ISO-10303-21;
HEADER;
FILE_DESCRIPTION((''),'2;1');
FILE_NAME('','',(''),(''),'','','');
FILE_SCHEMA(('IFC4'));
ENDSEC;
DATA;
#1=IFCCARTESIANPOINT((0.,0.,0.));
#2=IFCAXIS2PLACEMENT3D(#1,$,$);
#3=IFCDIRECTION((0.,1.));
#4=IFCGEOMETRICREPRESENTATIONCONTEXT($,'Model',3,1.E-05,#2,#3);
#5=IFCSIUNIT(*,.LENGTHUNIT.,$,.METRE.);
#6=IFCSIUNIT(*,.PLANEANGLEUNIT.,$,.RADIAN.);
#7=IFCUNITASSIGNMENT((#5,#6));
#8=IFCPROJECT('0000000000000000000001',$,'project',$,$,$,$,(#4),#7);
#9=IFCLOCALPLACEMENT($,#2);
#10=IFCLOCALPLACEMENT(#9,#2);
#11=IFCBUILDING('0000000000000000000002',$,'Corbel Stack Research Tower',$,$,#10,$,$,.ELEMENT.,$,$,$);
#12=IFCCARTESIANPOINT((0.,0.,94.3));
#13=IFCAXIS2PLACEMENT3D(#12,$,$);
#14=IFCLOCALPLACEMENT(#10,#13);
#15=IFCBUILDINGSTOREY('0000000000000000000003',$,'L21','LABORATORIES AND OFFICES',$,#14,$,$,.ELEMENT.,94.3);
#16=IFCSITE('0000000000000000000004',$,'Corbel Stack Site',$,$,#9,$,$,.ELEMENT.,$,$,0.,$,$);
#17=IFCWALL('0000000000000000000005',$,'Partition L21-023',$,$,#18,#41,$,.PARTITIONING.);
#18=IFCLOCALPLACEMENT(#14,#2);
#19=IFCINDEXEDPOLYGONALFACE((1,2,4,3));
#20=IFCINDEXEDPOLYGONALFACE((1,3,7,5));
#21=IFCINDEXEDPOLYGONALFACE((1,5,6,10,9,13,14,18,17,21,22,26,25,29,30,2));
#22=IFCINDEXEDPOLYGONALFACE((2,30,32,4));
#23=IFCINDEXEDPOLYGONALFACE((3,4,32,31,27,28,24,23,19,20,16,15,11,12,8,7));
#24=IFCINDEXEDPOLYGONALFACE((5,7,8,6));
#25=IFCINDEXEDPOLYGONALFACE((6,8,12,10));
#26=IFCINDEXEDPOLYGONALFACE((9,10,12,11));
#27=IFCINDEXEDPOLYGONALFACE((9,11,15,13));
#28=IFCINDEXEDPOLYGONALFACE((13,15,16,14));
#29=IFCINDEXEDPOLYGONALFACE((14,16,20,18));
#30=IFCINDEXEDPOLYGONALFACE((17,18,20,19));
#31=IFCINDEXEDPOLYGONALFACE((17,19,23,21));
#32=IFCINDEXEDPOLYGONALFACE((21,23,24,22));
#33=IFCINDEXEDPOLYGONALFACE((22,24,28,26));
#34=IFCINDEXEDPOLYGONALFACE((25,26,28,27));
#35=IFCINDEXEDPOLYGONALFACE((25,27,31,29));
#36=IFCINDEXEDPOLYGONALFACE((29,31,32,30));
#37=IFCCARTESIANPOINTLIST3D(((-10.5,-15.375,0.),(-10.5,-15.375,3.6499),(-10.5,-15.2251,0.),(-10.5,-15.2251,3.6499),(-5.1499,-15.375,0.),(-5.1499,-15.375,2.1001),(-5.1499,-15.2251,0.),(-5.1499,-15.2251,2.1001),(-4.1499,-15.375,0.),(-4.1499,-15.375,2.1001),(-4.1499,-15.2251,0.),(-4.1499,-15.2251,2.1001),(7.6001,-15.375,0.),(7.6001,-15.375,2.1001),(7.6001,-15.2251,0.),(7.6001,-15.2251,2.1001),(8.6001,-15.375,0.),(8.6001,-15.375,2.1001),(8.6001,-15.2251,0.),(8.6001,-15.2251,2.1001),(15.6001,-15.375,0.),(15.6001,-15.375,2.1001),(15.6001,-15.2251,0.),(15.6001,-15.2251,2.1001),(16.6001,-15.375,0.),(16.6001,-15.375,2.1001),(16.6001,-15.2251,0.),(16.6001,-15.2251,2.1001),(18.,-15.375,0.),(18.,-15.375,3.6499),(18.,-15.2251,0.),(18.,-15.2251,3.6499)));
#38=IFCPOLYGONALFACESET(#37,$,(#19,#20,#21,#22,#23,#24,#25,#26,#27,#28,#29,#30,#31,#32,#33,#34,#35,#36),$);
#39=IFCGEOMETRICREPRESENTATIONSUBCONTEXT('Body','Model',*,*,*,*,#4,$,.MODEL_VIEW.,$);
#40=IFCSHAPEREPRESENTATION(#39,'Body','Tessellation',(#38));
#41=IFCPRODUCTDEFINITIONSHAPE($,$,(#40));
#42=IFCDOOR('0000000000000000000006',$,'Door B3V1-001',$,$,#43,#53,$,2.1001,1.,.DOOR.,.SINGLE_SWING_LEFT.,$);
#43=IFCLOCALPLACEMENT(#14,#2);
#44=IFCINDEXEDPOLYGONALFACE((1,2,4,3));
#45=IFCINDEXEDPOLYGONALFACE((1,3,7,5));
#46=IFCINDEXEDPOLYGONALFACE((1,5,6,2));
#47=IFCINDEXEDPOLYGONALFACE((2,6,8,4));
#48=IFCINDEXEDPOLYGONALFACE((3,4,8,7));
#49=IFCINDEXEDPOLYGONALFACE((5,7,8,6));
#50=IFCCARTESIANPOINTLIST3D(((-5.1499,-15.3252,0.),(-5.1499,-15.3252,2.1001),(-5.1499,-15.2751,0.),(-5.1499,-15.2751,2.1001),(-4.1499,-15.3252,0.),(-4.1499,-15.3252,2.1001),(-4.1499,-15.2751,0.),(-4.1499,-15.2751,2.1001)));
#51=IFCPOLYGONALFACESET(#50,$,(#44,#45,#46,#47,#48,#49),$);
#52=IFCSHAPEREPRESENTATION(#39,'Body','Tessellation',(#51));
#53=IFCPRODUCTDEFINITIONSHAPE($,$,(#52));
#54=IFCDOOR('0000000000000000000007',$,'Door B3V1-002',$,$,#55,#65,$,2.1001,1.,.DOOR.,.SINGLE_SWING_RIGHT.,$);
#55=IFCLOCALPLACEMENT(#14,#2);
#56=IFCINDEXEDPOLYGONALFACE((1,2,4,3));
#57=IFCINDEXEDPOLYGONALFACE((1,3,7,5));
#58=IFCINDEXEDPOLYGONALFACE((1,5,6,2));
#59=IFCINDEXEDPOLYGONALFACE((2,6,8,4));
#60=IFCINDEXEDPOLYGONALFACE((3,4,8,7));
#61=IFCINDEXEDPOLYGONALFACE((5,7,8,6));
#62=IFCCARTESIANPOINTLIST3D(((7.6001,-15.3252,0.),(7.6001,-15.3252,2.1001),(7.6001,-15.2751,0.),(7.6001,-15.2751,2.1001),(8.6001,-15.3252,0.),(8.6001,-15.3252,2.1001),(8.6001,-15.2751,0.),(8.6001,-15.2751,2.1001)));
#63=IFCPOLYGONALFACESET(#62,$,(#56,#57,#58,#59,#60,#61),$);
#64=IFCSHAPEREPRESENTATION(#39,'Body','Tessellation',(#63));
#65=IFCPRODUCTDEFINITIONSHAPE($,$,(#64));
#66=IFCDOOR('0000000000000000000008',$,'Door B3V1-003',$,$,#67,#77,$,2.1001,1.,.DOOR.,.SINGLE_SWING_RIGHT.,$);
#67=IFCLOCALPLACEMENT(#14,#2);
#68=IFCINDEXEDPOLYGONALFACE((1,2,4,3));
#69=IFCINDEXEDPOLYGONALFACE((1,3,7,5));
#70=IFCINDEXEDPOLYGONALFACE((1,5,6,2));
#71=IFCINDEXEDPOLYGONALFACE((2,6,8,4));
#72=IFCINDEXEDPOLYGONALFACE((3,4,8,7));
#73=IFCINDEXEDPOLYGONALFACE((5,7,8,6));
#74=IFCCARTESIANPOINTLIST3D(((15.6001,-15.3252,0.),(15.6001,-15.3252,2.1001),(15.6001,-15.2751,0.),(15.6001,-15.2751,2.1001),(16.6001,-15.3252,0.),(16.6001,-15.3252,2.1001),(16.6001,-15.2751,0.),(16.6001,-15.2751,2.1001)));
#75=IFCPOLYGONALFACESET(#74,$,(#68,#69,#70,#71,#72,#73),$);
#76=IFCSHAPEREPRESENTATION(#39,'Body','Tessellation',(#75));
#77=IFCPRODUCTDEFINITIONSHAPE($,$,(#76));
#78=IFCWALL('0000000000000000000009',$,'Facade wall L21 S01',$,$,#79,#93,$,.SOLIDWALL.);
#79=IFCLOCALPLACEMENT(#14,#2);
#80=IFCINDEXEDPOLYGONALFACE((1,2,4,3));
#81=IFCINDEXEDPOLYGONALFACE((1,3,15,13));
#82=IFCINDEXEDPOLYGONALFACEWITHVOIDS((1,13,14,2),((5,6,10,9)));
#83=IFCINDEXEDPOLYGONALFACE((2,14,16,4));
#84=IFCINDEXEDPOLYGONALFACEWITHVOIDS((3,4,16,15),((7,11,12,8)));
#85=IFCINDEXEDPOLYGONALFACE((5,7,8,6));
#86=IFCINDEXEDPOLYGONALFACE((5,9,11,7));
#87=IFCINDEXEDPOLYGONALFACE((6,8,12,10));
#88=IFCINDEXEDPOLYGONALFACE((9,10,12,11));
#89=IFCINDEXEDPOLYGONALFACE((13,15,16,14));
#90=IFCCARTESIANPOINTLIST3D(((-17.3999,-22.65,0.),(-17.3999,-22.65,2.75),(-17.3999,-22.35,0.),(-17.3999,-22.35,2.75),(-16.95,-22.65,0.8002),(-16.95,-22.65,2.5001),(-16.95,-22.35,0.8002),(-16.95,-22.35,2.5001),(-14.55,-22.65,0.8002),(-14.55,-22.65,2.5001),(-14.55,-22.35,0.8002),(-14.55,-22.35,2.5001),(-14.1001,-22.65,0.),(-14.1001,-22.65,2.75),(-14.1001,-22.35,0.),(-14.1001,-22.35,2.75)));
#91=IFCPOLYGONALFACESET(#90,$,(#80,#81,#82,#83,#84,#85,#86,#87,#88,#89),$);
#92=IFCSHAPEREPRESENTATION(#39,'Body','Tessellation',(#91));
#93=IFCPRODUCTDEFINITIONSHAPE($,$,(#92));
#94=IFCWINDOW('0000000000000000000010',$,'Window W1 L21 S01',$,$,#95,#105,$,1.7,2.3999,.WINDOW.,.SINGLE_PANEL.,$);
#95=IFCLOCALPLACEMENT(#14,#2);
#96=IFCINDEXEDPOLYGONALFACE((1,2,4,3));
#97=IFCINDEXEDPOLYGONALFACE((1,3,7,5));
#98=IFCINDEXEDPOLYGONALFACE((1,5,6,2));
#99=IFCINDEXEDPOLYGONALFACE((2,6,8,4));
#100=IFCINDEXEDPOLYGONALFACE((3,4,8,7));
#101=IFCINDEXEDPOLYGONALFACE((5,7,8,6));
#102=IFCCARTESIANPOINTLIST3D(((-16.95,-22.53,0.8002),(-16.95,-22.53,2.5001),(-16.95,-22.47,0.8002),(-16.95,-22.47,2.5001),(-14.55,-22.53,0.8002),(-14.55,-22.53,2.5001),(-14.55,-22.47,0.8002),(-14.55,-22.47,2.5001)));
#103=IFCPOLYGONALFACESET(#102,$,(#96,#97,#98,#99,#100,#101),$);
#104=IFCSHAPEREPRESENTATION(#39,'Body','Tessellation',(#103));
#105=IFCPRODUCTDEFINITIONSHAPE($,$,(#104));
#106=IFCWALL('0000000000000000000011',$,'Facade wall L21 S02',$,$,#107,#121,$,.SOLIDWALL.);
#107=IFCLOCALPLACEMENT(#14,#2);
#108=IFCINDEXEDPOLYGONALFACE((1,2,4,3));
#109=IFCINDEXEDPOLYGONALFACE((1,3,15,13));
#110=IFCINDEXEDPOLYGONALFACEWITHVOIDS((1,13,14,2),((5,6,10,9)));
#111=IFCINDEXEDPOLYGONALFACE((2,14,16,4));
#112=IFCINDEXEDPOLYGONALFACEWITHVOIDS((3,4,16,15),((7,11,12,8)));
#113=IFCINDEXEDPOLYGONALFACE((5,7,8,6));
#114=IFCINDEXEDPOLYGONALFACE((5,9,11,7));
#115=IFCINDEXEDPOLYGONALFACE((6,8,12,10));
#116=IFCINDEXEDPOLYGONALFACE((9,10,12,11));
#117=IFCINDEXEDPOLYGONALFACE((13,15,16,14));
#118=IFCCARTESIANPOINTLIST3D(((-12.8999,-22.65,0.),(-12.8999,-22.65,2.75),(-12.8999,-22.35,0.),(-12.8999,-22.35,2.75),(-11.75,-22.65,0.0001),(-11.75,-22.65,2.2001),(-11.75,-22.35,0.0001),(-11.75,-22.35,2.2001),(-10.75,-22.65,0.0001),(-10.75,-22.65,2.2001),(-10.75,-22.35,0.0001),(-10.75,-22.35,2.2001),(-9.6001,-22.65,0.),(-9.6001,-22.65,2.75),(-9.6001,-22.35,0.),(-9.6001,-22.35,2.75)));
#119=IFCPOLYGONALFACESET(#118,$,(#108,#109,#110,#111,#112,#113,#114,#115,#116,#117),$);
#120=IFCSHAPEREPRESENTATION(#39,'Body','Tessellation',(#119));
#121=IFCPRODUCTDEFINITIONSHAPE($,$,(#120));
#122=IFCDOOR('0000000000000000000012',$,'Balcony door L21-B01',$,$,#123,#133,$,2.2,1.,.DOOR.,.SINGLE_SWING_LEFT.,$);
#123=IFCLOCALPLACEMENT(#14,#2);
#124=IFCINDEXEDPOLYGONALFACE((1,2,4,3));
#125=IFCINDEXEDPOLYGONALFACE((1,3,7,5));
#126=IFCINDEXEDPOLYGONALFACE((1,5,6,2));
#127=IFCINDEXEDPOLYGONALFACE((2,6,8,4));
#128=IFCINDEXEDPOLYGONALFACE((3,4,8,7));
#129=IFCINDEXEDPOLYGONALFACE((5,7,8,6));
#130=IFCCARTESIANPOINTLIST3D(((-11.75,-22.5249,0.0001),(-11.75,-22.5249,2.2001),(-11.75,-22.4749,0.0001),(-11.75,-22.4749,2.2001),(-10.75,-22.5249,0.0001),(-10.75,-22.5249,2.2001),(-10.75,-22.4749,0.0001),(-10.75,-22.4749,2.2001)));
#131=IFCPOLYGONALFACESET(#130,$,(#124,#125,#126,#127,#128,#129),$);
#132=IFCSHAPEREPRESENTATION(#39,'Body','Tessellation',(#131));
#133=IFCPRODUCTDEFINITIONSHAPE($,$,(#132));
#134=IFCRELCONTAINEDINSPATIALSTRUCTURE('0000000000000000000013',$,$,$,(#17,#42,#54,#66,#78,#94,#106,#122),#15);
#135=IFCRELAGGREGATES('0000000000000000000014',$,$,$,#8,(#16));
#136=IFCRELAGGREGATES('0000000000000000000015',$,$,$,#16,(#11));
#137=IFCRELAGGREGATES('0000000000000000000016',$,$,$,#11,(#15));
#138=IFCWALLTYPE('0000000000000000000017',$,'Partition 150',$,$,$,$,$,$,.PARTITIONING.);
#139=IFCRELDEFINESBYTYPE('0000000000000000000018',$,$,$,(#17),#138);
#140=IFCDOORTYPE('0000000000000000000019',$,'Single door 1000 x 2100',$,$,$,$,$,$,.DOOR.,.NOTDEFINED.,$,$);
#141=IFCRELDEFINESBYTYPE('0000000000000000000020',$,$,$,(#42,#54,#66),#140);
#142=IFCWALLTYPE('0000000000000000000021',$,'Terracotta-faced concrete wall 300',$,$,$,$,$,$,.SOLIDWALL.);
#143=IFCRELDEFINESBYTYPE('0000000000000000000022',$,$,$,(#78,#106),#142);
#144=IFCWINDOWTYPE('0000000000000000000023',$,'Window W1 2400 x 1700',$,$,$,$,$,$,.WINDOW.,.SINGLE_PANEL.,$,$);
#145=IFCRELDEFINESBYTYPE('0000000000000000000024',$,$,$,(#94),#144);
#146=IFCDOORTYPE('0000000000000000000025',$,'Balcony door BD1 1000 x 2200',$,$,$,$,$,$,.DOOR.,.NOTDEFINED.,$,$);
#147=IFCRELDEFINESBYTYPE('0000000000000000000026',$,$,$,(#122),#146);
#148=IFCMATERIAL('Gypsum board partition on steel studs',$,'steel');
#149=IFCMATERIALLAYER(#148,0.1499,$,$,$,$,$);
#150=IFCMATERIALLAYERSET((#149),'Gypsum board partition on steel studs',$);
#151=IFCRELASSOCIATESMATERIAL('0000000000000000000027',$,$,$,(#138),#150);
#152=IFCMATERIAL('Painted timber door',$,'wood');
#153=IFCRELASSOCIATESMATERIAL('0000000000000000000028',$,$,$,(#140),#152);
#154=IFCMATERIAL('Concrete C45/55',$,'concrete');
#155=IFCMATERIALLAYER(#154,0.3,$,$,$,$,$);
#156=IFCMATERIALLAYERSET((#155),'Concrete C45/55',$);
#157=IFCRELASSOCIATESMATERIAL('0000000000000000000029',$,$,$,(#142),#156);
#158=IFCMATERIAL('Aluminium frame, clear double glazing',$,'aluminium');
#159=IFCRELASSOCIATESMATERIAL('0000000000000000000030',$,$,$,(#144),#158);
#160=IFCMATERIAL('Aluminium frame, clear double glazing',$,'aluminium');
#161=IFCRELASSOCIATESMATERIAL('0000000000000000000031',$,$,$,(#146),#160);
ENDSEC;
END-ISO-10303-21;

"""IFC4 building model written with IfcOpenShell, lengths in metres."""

from ifc_helpers import new_model, si_unit, direction, frame, frame_2d, origin, place, context, subcontext, project, spatial, rectangle, extrude, material, layer, layer_set, type_object, element, fill, save


model = new_model("IFC4")

# Units and contexts
model_context = context("Model", 3, precision=1e-05, world=origin(), true_north=direction((0.0, 1.0)))
body_context = subcontext(model_context, "Body", "Model", "MODEL_VIEW")
ifc_project = project(units=[si_unit("LENGTHUNIT", "METRE"), si_unit("PLANEANGLEUNIT", "RADIAN")], contexts=[model_context])

# Site, building, storey
site_placement = place(None, origin())
site = spatial("IfcSite", under=ifc_project, at=site_placement, Name="Corbel Stack Site", CompositionType="ELEMENT", RefElevation=0.0)
building_placement = place(site_placement, origin())
building = spatial("IfcBuilding", under=site, at=building_placement, Name="Corbel Stack Research Tower", CompositionType="ELEMENT")
storey_placement = place(building_placement, frame((0.0, 0.0, 94.3)))
storey = spatial("IfcBuildingStorey", under=building, at=storey_placement, Name="L21", Description="LABORATORIES AND OFFICES", CompositionType="ELEMENT", Elevation=94.3)

# Wall, openings, doors
ifc_material_1 = material(Name="Gypsum board partition on steel studs", Category="steel")
ifc_layer_1 = layer(ifc_material_1, 0.1499)
ifc_layer_set_1 = layer_set([ifc_layer_1], Name="Gypsum board partition on steel studs")
wall_type_1 = type_object("IfcWallType", Name="Partition 150", PredefinedType="PARTITIONING", material=ifc_layer_set_1)
wall_1_placement = place(storey_placement, frame((-10.5, -15.3, 0.0), z_axis=(0.0, 0.0, 1.0), x_axis=(1.0, 0.0, 0.0)))
wall_1 = element("IfcWall", 1, at=wall_1_placement, inside=storey, type_object=wall_type_1, Name="Partition L21-023", PredefinedType="PARTITIONING", context=body_context, shape_type="SweptSolid", body=[
    extrude(rectangle(XDim=28.5, YDim=0.1499, at=frame_2d((14.25, 0.0))), origin(), (0.0, 0.0, 1.0), 3.6499),
])
opening_1_placement = place(wall_1_placement, frame((5.3501, 0.0, 0.0)))
opening_1 = element("IfcOpeningElement", 2, at=opening_1_placement, cuts=wall_1, PredefinedType="OPENING", context=body_context, shape_type="SweptSolid", body=[
    extrude(rectangle(XDim=1.0, YDim=2.1001, at=frame_2d((0.5, 1.05))), frame((0.0, 0.085, 0.0), z_axis=(0.0, -1.0, 0.0), x_axis=(1.0, 0.0, 0.0)), (0.0, 0.0, 1.0), 0.1699),
])
opening_2_placement = place(wall_1_placement, frame((18.1001, 0.0, 0.0)))
opening_2 = element("IfcOpeningElement", 3, at=opening_2_placement, cuts=wall_1, PredefinedType="OPENING", context=body_context, shape_type="SweptSolid", body=[
    extrude(rectangle(XDim=1.0, YDim=2.1001, at=frame_2d((0.5, 1.05))), frame((0.0, 0.085, 0.0), z_axis=(0.0, -1.0, 0.0), x_axis=(1.0, 0.0, 0.0)), (0.0, 0.0, 1.0), 0.1699),
])
opening_3_placement = place(wall_1_placement, frame((26.1001, 0.0, 0.0)))
opening_3 = element("IfcOpeningElement", 4, at=opening_3_placement, cuts=wall_1, PredefinedType="OPENING", context=body_context, shape_type="SweptSolid", body=[
    extrude(rectangle(XDim=1.0, YDim=2.1001, at=frame_2d((0.5, 1.05))), frame((0.0, 0.085, 0.0), z_axis=(0.0, -1.0, 0.0), x_axis=(1.0, 0.0, 0.0)), (0.0, 0.0, 1.0), 0.1699),
])
ifc_material_2 = material(Name="Painted timber door", Category="wood")
door_type_1 = type_object("IfcDoorType", Name="Single door 1000 x 2100", OperationType="NOTDEFINED", PredefinedType="DOOR", material=ifc_material_2)
door_1_placement = place(opening_1_placement, origin())
door_1 = element("IfcDoor", 5, at=door_1_placement, inside=storey, type_object=door_type_1, Name="Door B3V1-001", OperationType="SINGLE_SWING_LEFT", OverallHeight=2.1001, OverallWidth=1.0, PredefinedType="DOOR", context=body_context, shape_type="SweptSolid", body=[
    extrude(rectangle(XDim=1.0, YDim=2.1001, at=frame_2d((0.5, 1.05))), frame((0.0, 0.0249, 0.0), z_axis=(0.0, -1.0, 0.0), x_axis=(1.0, 0.0, 0.0)), (0.0, 0.0, 1.0), 0.05),
])
fill(opening_1, door_1)
door_2_placement = place(opening_2_placement, origin())
door_2 = element("IfcDoor", 6, at=door_2_placement, inside=storey, type_object=door_type_1, Name="Door B3V1-002", OperationType="SINGLE_SWING_RIGHT", OverallHeight=2.1001, OverallWidth=1.0, PredefinedType="DOOR", context=body_context, shape_type="SweptSolid", body=[
    extrude(rectangle(XDim=1.0, YDim=2.1001, at=frame_2d((0.5, 1.05))), frame((0.0, 0.0249, 0.0), z_axis=(0.0, -1.0, 0.0), x_axis=(1.0, 0.0, 0.0)), (0.0, 0.0, 1.0), 0.05),
])
fill(opening_2, door_2)
door_3_placement = place(opening_3_placement, origin())
door_3 = element("IfcDoor", 7, at=door_3_placement, inside=storey, type_object=door_type_1, Name="Door B3V1-003", OperationType="SINGLE_SWING_RIGHT", OverallHeight=2.1001, OverallWidth=1.0, PredefinedType="DOOR", context=body_context, shape_type="SweptSolid", body=[
    extrude(rectangle(XDim=1.0, YDim=2.1001, at=frame_2d((0.5, 1.05))), frame((0.0, 0.0249, 0.0), z_axis=(0.0, -1.0, 0.0), x_axis=(1.0, 0.0, 0.0)), (0.0, 0.0, 1.0), 0.05),
])
fill(opening_3, door_3)

# Wall, opening, window
ifc_material_3 = material(Name="Concrete C45/55", Category="concrete")
ifc_layer_2 = layer(ifc_material_3, 0.3)
ifc_layer_set_2 = layer_set([ifc_layer_2], Name="Concrete C45/55")
wall_type_2 = type_object("IfcWallType", Name="Terracotta-faced concrete wall 300", PredefinedType="SOLIDWALL", material=ifc_layer_set_2)
wall_2_placement = place(storey_placement, frame((-14.1001, -22.5, 0.0), z_axis=(0.0, 0.0, 1.0), x_axis=(-1.0, 0.0, 0.0)))
wall_2 = element("IfcWall", 8, at=wall_2_placement, inside=storey, type_object=wall_type_2, Name="Facade wall L21 S01", PredefinedType="SOLIDWALL", context=body_context, shape_type="SweptSolid", body=[
    extrude(rectangle(XDim=3.2998, YDim=0.3, at=frame_2d((1.6499, 0.0))), origin(), (0.0, 0.0, 1.0), 2.75),
])
opening_4_placement = place(wall_2_placement, frame((0.45, 0.0, 0.8)))
opening_4 = element("IfcOpeningElement", 9, at=opening_4_placement, cuts=wall_2, PredefinedType="OPENING", context=body_context, shape_type="SweptSolid", body=[
    extrude(rectangle(XDim=2.3999, YDim=1.7, at=frame_2d((1.2, 0.8501))), frame((0.0, 0.1599, 0.0), z_axis=(0.0, -1.0, 0.0), x_axis=(1.0, 0.0, 0.0)), (0.0, 0.0, 1.0), 0.3201),
])
ifc_material_4 = material(Name="Aluminium frame, clear double glazing", Category="aluminium")
window_type = type_object("IfcWindowType", Name="Window W1 2400 x 1700", PartitioningType="SINGLE_PANEL", PredefinedType="WINDOW", material=ifc_material_4)
window_placement = place(opening_4_placement, origin())
window = element("IfcWindow", 10, at=window_placement, inside=storey, type_object=window_type, Name="Window W1 L21 S01", OverallHeight=1.7, OverallWidth=2.3999, PartitioningType="SINGLE_PANEL", PredefinedType="WINDOW", context=body_context, shape_type="SweptSolid", body=[
    extrude(rectangle(XDim=2.3999, YDim=1.7, at=frame_2d((1.2, 0.8501))), frame((0.0, 0.03, 0.0), z_axis=(0.0, -1.0, 0.0), x_axis=(1.0, 0.0, 0.0)), (0.0, 0.0, 1.0), 0.0601),
])
fill(opening_4, window)

# Wall, opening, door
wall_3_placement = place(storey_placement, frame((-9.6001, -22.5, 0.0), z_axis=(0.0, 0.0, 1.0), x_axis=(-1.0, 0.0, 0.0)))
wall_3 = element("IfcWall", 11, at=wall_3_placement, inside=storey, type_object=wall_type_2, Name="Facade wall L21 S02", PredefinedType="SOLIDWALL", context=body_context, shape_type="SweptSolid", body=[
    extrude(rectangle(XDim=3.2998, YDim=0.3, at=frame_2d((1.6499, 0.0))), origin(), (0.0, 0.0, 1.0), 2.75),
])
opening_5_placement = place(wall_3_placement, frame((1.1499, 0.0, 0.0)))
opening_5 = element("IfcOpeningElement", 12, at=opening_5_placement, cuts=wall_3, PredefinedType="OPENING", context=body_context, shape_type="SweptSolid", body=[
    extrude(rectangle(XDim=1.0, YDim=2.2, at=frame_2d((0.5, 1.1001))), frame((0.0, 0.1599, 0.0), z_axis=(0.0, -1.0, 0.0), x_axis=(1.0, 0.0, 0.0)), (0.0, 0.0, 1.0), 0.3201),
])
ifc_material_5 = material(Name="Aluminium frame, clear double glazing", Category="aluminium")
door_type_2 = type_object("IfcDoorType", Name="Balcony door BD1 1000 x 2200", OperationType="NOTDEFINED", PredefinedType="DOOR", material=ifc_material_5)
door_4_placement = place(opening_5_placement, origin())
door_4 = element("IfcDoor", 13, at=door_4_placement, inside=storey, type_object=door_type_2, Name="Balcony door L21-B01", OperationType="SINGLE_SWING_LEFT", OverallHeight=2.2, OverallWidth=1.0, PredefinedType="DOOR", context=body_context, shape_type="SweptSolid", body=[
    extrude(rectangle(XDim=1.0, YDim=2.2, at=frame_2d((0.5, 1.1001))), frame((0.0, 0.0249, 0.0), z_axis=(0.0, -1.0, 0.0), x_axis=(1.0, 0.0, 0.0)), (0.0, 0.0, 1.0), 0.05),
])
fill(opening_5, door_4)

save(model, "model.ifc")
